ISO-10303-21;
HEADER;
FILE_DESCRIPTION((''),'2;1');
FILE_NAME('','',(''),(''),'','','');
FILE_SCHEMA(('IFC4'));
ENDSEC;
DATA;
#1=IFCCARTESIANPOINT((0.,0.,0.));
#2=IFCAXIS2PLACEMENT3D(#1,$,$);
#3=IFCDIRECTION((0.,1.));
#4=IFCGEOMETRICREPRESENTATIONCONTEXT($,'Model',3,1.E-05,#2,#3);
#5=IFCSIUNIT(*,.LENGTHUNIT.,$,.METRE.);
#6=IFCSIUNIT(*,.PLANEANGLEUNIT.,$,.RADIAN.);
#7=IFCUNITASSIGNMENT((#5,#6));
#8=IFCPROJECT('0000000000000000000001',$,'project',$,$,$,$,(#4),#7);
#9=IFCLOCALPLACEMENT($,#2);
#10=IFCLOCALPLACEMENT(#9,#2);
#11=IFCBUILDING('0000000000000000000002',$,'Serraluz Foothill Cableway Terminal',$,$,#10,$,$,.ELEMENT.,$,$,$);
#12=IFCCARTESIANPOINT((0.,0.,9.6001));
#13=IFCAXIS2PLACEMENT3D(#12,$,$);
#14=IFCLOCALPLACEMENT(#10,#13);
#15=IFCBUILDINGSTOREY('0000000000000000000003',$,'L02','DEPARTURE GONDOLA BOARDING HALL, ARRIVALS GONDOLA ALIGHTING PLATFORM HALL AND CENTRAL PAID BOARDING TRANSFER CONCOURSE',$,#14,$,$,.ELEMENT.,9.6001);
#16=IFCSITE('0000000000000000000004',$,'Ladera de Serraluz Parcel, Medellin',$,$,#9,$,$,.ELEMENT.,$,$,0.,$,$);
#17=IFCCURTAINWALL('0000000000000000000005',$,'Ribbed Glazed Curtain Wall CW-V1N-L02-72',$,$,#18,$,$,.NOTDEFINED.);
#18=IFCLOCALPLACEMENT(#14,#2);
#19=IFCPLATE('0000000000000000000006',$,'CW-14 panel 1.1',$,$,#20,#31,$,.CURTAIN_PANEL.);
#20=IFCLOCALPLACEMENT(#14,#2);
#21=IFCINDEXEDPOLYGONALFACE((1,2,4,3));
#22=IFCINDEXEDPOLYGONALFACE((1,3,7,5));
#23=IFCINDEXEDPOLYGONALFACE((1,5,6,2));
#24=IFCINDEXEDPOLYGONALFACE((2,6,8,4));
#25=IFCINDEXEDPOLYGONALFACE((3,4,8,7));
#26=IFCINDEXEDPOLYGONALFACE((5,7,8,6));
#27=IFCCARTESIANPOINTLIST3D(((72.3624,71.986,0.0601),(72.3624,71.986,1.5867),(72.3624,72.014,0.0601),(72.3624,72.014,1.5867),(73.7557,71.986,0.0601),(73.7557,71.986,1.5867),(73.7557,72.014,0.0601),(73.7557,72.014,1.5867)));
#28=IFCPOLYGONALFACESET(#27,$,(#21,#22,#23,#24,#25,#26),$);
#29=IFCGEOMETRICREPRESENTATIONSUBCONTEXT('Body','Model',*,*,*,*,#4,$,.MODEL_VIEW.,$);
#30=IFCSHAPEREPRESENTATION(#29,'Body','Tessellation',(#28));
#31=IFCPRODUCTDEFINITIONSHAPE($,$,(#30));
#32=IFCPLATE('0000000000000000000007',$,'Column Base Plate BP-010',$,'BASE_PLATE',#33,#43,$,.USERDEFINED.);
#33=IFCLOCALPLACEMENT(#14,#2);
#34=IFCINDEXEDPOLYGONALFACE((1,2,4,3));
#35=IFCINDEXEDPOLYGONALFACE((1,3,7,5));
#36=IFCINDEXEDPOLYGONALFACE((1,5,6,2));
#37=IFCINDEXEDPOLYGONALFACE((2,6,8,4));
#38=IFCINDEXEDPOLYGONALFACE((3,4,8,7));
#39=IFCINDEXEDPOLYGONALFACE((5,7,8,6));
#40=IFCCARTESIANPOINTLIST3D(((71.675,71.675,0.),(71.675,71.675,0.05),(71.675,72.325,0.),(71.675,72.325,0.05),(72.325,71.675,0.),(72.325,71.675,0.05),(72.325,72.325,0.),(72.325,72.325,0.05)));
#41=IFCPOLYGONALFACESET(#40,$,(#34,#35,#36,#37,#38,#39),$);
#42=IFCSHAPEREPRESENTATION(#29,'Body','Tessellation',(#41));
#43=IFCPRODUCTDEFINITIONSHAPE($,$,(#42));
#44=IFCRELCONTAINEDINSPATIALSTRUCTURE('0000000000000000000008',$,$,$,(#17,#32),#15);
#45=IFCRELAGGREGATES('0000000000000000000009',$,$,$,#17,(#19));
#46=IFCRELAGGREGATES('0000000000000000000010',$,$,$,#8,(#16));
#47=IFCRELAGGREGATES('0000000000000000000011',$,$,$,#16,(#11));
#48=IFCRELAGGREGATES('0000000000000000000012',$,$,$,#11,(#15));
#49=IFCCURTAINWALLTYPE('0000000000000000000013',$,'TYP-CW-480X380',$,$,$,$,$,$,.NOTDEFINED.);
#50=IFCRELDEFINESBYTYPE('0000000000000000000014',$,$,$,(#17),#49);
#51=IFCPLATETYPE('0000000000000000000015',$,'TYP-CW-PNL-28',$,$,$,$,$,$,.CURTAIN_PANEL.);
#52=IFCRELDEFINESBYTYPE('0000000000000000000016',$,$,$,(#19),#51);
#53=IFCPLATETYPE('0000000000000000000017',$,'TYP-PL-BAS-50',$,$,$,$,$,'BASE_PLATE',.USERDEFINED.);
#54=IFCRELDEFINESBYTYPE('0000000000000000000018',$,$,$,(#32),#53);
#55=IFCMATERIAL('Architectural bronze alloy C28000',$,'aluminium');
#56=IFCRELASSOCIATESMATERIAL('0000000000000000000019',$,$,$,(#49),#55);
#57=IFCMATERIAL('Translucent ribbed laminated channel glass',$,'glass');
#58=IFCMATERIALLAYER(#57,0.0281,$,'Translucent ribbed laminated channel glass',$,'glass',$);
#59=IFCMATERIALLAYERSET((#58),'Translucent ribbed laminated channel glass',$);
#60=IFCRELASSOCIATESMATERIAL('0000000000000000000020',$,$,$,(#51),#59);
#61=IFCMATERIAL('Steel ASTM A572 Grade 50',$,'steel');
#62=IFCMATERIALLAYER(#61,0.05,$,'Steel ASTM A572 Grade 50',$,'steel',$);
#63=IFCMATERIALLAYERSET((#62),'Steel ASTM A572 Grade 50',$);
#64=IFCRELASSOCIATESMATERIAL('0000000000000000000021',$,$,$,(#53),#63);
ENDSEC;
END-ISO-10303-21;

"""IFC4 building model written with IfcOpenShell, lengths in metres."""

from ifc_helpers import new_model, si_unit, direction, frame, origin, origin_2d, place, context, subcontext, project, spatial, rectangle, extrude, material, layer, layer_set, type_object, element, aggregate, save


model = new_model("IFC4")

# Units and contexts
model_context = context("Model", 3, precision=1e-05, world=origin(), true_north=direction((0.0, 1.0)))
body_context = subcontext(model_context, "Body", "Model", "MODEL_VIEW")
ifc_project = project(units=[si_unit("LENGTHUNIT", "METRE"), si_unit("PLANEANGLEUNIT", "RADIAN")], contexts=[model_context])

# Site, building, storey
site_placement = place(None, origin())
site = spatial("IfcSite", under=ifc_project, at=site_placement, Name="Ladera de Serraluz Parcel, Medellin", CompositionType="ELEMENT", RefElevation=0.0)
building_placement = place(site_placement, origin())
building = spatial("IfcBuilding", under=site, at=building_placement, Name="Serraluz Foothill Cableway Terminal", CompositionType="ELEMENT")
storey_placement = place(building_placement, frame((0.0, 0.0, 9.6001)))
storey = spatial("IfcBuildingStorey", under=building, at=storey_placement, Name="L02", Description="DEPARTURE GONDOLA BOARDING HALL, ARRIVALS GONDOLA ALIGHTING PLATFORM HALL AND CENTRAL PAID BOARDING TRANSFER CONCOURSE", CompositionType="ELEMENT", Elevation=9.6001)

# Shared definitions
ifc_material_1 = material(Name="Architectural bronze alloy C28000", Category="aluminium")

# Curtain wall
curtain_wall_type_1 = type_object("IfcCurtainWallType", Name="TYP-CW-480X380", PredefinedType="NOTDEFINED", material=ifc_material_1)
curtain_wall_1_placement = place(storey_placement, origin())
curtain_wall_1 = element("IfcCurtainWall", 1, at=curtain_wall_1_placement, inside=storey, type_object=curtain_wall_type_1, Name="Ribbed Glazed Curtain Wall CW-V1N-L02-72", PredefinedType="NOTDEFINED")

# Plates
ifc_material_2 = material(Name="Translucent ribbed laminated channel glass", Category="glass")
ifc_layer_1 = layer(ifc_material_2, 0.0281, Name="Translucent ribbed laminated channel glass", Category="glass")
ifc_layer_set_1 = layer_set([ifc_layer_1], Name="Translucent ribbed laminated channel glass")
plate_type_1 = type_object("IfcPlateType", Name="TYP-CW-PNL-28", PredefinedType="CURTAIN_PANEL", material=ifc_layer_set_1)
plate_1_placement = place(storey_placement, frame((73.0591, 72.0, 0.0601), z_axis=(0.0, 0.0, 1.0), x_axis=(1.0, 0.0, 0.0)))
plate_1 = element("IfcPlate", 2, at=plate_1_placement, type_object=plate_type_1, Name="CW-14 panel 1.1", PredefinedType="CURTAIN_PANEL", context=body_context, shape_type="SweptSolid", body=[
    extrude(rectangle(XDim=1.3933, YDim=0.0281, at=origin_2d()), origin(), (0.0, 0.0, 1.0), 1.5266),
])
aggregate(curtain_wall_1, [plate_1])
ifc_material_3 = material(Name="Steel ASTM A572 Grade 50", Category="steel")
ifc_layer_2 = layer(ifc_material_3, 0.05, Name="Steel ASTM A572 Grade 50", Category="steel")
ifc_layer_set_2 = layer_set([ifc_layer_2], Name="Steel ASTM A572 Grade 50")
plate_type_2 = type_object("IfcPlateType", Name="TYP-PL-BAS-50", ElementType="BASE_PLATE", PredefinedType="USERDEFINED", material=ifc_layer_set_2)
plate_2_placement = place(storey_placement, frame((72.0, 72.0, 0.0), z_axis=(0.0, 0.0, 1.0), x_axis=(1.0, 0.0, 0.0)))
element("IfcPlate", 3, at=plate_2_placement, inside=storey, type_object=plate_type_2, Name="Column Base Plate BP-010", ObjectType="BASE_PLATE", PredefinedType="USERDEFINED", context=body_context, shape_type="SweptSolid", body=[
    extrude(rectangle(XDim=0.6499, YDim=0.6499, at=origin_2d()), origin(), (0.0, 0.0, 1.0), 0.05),
])

save(model, "model.ifc")
